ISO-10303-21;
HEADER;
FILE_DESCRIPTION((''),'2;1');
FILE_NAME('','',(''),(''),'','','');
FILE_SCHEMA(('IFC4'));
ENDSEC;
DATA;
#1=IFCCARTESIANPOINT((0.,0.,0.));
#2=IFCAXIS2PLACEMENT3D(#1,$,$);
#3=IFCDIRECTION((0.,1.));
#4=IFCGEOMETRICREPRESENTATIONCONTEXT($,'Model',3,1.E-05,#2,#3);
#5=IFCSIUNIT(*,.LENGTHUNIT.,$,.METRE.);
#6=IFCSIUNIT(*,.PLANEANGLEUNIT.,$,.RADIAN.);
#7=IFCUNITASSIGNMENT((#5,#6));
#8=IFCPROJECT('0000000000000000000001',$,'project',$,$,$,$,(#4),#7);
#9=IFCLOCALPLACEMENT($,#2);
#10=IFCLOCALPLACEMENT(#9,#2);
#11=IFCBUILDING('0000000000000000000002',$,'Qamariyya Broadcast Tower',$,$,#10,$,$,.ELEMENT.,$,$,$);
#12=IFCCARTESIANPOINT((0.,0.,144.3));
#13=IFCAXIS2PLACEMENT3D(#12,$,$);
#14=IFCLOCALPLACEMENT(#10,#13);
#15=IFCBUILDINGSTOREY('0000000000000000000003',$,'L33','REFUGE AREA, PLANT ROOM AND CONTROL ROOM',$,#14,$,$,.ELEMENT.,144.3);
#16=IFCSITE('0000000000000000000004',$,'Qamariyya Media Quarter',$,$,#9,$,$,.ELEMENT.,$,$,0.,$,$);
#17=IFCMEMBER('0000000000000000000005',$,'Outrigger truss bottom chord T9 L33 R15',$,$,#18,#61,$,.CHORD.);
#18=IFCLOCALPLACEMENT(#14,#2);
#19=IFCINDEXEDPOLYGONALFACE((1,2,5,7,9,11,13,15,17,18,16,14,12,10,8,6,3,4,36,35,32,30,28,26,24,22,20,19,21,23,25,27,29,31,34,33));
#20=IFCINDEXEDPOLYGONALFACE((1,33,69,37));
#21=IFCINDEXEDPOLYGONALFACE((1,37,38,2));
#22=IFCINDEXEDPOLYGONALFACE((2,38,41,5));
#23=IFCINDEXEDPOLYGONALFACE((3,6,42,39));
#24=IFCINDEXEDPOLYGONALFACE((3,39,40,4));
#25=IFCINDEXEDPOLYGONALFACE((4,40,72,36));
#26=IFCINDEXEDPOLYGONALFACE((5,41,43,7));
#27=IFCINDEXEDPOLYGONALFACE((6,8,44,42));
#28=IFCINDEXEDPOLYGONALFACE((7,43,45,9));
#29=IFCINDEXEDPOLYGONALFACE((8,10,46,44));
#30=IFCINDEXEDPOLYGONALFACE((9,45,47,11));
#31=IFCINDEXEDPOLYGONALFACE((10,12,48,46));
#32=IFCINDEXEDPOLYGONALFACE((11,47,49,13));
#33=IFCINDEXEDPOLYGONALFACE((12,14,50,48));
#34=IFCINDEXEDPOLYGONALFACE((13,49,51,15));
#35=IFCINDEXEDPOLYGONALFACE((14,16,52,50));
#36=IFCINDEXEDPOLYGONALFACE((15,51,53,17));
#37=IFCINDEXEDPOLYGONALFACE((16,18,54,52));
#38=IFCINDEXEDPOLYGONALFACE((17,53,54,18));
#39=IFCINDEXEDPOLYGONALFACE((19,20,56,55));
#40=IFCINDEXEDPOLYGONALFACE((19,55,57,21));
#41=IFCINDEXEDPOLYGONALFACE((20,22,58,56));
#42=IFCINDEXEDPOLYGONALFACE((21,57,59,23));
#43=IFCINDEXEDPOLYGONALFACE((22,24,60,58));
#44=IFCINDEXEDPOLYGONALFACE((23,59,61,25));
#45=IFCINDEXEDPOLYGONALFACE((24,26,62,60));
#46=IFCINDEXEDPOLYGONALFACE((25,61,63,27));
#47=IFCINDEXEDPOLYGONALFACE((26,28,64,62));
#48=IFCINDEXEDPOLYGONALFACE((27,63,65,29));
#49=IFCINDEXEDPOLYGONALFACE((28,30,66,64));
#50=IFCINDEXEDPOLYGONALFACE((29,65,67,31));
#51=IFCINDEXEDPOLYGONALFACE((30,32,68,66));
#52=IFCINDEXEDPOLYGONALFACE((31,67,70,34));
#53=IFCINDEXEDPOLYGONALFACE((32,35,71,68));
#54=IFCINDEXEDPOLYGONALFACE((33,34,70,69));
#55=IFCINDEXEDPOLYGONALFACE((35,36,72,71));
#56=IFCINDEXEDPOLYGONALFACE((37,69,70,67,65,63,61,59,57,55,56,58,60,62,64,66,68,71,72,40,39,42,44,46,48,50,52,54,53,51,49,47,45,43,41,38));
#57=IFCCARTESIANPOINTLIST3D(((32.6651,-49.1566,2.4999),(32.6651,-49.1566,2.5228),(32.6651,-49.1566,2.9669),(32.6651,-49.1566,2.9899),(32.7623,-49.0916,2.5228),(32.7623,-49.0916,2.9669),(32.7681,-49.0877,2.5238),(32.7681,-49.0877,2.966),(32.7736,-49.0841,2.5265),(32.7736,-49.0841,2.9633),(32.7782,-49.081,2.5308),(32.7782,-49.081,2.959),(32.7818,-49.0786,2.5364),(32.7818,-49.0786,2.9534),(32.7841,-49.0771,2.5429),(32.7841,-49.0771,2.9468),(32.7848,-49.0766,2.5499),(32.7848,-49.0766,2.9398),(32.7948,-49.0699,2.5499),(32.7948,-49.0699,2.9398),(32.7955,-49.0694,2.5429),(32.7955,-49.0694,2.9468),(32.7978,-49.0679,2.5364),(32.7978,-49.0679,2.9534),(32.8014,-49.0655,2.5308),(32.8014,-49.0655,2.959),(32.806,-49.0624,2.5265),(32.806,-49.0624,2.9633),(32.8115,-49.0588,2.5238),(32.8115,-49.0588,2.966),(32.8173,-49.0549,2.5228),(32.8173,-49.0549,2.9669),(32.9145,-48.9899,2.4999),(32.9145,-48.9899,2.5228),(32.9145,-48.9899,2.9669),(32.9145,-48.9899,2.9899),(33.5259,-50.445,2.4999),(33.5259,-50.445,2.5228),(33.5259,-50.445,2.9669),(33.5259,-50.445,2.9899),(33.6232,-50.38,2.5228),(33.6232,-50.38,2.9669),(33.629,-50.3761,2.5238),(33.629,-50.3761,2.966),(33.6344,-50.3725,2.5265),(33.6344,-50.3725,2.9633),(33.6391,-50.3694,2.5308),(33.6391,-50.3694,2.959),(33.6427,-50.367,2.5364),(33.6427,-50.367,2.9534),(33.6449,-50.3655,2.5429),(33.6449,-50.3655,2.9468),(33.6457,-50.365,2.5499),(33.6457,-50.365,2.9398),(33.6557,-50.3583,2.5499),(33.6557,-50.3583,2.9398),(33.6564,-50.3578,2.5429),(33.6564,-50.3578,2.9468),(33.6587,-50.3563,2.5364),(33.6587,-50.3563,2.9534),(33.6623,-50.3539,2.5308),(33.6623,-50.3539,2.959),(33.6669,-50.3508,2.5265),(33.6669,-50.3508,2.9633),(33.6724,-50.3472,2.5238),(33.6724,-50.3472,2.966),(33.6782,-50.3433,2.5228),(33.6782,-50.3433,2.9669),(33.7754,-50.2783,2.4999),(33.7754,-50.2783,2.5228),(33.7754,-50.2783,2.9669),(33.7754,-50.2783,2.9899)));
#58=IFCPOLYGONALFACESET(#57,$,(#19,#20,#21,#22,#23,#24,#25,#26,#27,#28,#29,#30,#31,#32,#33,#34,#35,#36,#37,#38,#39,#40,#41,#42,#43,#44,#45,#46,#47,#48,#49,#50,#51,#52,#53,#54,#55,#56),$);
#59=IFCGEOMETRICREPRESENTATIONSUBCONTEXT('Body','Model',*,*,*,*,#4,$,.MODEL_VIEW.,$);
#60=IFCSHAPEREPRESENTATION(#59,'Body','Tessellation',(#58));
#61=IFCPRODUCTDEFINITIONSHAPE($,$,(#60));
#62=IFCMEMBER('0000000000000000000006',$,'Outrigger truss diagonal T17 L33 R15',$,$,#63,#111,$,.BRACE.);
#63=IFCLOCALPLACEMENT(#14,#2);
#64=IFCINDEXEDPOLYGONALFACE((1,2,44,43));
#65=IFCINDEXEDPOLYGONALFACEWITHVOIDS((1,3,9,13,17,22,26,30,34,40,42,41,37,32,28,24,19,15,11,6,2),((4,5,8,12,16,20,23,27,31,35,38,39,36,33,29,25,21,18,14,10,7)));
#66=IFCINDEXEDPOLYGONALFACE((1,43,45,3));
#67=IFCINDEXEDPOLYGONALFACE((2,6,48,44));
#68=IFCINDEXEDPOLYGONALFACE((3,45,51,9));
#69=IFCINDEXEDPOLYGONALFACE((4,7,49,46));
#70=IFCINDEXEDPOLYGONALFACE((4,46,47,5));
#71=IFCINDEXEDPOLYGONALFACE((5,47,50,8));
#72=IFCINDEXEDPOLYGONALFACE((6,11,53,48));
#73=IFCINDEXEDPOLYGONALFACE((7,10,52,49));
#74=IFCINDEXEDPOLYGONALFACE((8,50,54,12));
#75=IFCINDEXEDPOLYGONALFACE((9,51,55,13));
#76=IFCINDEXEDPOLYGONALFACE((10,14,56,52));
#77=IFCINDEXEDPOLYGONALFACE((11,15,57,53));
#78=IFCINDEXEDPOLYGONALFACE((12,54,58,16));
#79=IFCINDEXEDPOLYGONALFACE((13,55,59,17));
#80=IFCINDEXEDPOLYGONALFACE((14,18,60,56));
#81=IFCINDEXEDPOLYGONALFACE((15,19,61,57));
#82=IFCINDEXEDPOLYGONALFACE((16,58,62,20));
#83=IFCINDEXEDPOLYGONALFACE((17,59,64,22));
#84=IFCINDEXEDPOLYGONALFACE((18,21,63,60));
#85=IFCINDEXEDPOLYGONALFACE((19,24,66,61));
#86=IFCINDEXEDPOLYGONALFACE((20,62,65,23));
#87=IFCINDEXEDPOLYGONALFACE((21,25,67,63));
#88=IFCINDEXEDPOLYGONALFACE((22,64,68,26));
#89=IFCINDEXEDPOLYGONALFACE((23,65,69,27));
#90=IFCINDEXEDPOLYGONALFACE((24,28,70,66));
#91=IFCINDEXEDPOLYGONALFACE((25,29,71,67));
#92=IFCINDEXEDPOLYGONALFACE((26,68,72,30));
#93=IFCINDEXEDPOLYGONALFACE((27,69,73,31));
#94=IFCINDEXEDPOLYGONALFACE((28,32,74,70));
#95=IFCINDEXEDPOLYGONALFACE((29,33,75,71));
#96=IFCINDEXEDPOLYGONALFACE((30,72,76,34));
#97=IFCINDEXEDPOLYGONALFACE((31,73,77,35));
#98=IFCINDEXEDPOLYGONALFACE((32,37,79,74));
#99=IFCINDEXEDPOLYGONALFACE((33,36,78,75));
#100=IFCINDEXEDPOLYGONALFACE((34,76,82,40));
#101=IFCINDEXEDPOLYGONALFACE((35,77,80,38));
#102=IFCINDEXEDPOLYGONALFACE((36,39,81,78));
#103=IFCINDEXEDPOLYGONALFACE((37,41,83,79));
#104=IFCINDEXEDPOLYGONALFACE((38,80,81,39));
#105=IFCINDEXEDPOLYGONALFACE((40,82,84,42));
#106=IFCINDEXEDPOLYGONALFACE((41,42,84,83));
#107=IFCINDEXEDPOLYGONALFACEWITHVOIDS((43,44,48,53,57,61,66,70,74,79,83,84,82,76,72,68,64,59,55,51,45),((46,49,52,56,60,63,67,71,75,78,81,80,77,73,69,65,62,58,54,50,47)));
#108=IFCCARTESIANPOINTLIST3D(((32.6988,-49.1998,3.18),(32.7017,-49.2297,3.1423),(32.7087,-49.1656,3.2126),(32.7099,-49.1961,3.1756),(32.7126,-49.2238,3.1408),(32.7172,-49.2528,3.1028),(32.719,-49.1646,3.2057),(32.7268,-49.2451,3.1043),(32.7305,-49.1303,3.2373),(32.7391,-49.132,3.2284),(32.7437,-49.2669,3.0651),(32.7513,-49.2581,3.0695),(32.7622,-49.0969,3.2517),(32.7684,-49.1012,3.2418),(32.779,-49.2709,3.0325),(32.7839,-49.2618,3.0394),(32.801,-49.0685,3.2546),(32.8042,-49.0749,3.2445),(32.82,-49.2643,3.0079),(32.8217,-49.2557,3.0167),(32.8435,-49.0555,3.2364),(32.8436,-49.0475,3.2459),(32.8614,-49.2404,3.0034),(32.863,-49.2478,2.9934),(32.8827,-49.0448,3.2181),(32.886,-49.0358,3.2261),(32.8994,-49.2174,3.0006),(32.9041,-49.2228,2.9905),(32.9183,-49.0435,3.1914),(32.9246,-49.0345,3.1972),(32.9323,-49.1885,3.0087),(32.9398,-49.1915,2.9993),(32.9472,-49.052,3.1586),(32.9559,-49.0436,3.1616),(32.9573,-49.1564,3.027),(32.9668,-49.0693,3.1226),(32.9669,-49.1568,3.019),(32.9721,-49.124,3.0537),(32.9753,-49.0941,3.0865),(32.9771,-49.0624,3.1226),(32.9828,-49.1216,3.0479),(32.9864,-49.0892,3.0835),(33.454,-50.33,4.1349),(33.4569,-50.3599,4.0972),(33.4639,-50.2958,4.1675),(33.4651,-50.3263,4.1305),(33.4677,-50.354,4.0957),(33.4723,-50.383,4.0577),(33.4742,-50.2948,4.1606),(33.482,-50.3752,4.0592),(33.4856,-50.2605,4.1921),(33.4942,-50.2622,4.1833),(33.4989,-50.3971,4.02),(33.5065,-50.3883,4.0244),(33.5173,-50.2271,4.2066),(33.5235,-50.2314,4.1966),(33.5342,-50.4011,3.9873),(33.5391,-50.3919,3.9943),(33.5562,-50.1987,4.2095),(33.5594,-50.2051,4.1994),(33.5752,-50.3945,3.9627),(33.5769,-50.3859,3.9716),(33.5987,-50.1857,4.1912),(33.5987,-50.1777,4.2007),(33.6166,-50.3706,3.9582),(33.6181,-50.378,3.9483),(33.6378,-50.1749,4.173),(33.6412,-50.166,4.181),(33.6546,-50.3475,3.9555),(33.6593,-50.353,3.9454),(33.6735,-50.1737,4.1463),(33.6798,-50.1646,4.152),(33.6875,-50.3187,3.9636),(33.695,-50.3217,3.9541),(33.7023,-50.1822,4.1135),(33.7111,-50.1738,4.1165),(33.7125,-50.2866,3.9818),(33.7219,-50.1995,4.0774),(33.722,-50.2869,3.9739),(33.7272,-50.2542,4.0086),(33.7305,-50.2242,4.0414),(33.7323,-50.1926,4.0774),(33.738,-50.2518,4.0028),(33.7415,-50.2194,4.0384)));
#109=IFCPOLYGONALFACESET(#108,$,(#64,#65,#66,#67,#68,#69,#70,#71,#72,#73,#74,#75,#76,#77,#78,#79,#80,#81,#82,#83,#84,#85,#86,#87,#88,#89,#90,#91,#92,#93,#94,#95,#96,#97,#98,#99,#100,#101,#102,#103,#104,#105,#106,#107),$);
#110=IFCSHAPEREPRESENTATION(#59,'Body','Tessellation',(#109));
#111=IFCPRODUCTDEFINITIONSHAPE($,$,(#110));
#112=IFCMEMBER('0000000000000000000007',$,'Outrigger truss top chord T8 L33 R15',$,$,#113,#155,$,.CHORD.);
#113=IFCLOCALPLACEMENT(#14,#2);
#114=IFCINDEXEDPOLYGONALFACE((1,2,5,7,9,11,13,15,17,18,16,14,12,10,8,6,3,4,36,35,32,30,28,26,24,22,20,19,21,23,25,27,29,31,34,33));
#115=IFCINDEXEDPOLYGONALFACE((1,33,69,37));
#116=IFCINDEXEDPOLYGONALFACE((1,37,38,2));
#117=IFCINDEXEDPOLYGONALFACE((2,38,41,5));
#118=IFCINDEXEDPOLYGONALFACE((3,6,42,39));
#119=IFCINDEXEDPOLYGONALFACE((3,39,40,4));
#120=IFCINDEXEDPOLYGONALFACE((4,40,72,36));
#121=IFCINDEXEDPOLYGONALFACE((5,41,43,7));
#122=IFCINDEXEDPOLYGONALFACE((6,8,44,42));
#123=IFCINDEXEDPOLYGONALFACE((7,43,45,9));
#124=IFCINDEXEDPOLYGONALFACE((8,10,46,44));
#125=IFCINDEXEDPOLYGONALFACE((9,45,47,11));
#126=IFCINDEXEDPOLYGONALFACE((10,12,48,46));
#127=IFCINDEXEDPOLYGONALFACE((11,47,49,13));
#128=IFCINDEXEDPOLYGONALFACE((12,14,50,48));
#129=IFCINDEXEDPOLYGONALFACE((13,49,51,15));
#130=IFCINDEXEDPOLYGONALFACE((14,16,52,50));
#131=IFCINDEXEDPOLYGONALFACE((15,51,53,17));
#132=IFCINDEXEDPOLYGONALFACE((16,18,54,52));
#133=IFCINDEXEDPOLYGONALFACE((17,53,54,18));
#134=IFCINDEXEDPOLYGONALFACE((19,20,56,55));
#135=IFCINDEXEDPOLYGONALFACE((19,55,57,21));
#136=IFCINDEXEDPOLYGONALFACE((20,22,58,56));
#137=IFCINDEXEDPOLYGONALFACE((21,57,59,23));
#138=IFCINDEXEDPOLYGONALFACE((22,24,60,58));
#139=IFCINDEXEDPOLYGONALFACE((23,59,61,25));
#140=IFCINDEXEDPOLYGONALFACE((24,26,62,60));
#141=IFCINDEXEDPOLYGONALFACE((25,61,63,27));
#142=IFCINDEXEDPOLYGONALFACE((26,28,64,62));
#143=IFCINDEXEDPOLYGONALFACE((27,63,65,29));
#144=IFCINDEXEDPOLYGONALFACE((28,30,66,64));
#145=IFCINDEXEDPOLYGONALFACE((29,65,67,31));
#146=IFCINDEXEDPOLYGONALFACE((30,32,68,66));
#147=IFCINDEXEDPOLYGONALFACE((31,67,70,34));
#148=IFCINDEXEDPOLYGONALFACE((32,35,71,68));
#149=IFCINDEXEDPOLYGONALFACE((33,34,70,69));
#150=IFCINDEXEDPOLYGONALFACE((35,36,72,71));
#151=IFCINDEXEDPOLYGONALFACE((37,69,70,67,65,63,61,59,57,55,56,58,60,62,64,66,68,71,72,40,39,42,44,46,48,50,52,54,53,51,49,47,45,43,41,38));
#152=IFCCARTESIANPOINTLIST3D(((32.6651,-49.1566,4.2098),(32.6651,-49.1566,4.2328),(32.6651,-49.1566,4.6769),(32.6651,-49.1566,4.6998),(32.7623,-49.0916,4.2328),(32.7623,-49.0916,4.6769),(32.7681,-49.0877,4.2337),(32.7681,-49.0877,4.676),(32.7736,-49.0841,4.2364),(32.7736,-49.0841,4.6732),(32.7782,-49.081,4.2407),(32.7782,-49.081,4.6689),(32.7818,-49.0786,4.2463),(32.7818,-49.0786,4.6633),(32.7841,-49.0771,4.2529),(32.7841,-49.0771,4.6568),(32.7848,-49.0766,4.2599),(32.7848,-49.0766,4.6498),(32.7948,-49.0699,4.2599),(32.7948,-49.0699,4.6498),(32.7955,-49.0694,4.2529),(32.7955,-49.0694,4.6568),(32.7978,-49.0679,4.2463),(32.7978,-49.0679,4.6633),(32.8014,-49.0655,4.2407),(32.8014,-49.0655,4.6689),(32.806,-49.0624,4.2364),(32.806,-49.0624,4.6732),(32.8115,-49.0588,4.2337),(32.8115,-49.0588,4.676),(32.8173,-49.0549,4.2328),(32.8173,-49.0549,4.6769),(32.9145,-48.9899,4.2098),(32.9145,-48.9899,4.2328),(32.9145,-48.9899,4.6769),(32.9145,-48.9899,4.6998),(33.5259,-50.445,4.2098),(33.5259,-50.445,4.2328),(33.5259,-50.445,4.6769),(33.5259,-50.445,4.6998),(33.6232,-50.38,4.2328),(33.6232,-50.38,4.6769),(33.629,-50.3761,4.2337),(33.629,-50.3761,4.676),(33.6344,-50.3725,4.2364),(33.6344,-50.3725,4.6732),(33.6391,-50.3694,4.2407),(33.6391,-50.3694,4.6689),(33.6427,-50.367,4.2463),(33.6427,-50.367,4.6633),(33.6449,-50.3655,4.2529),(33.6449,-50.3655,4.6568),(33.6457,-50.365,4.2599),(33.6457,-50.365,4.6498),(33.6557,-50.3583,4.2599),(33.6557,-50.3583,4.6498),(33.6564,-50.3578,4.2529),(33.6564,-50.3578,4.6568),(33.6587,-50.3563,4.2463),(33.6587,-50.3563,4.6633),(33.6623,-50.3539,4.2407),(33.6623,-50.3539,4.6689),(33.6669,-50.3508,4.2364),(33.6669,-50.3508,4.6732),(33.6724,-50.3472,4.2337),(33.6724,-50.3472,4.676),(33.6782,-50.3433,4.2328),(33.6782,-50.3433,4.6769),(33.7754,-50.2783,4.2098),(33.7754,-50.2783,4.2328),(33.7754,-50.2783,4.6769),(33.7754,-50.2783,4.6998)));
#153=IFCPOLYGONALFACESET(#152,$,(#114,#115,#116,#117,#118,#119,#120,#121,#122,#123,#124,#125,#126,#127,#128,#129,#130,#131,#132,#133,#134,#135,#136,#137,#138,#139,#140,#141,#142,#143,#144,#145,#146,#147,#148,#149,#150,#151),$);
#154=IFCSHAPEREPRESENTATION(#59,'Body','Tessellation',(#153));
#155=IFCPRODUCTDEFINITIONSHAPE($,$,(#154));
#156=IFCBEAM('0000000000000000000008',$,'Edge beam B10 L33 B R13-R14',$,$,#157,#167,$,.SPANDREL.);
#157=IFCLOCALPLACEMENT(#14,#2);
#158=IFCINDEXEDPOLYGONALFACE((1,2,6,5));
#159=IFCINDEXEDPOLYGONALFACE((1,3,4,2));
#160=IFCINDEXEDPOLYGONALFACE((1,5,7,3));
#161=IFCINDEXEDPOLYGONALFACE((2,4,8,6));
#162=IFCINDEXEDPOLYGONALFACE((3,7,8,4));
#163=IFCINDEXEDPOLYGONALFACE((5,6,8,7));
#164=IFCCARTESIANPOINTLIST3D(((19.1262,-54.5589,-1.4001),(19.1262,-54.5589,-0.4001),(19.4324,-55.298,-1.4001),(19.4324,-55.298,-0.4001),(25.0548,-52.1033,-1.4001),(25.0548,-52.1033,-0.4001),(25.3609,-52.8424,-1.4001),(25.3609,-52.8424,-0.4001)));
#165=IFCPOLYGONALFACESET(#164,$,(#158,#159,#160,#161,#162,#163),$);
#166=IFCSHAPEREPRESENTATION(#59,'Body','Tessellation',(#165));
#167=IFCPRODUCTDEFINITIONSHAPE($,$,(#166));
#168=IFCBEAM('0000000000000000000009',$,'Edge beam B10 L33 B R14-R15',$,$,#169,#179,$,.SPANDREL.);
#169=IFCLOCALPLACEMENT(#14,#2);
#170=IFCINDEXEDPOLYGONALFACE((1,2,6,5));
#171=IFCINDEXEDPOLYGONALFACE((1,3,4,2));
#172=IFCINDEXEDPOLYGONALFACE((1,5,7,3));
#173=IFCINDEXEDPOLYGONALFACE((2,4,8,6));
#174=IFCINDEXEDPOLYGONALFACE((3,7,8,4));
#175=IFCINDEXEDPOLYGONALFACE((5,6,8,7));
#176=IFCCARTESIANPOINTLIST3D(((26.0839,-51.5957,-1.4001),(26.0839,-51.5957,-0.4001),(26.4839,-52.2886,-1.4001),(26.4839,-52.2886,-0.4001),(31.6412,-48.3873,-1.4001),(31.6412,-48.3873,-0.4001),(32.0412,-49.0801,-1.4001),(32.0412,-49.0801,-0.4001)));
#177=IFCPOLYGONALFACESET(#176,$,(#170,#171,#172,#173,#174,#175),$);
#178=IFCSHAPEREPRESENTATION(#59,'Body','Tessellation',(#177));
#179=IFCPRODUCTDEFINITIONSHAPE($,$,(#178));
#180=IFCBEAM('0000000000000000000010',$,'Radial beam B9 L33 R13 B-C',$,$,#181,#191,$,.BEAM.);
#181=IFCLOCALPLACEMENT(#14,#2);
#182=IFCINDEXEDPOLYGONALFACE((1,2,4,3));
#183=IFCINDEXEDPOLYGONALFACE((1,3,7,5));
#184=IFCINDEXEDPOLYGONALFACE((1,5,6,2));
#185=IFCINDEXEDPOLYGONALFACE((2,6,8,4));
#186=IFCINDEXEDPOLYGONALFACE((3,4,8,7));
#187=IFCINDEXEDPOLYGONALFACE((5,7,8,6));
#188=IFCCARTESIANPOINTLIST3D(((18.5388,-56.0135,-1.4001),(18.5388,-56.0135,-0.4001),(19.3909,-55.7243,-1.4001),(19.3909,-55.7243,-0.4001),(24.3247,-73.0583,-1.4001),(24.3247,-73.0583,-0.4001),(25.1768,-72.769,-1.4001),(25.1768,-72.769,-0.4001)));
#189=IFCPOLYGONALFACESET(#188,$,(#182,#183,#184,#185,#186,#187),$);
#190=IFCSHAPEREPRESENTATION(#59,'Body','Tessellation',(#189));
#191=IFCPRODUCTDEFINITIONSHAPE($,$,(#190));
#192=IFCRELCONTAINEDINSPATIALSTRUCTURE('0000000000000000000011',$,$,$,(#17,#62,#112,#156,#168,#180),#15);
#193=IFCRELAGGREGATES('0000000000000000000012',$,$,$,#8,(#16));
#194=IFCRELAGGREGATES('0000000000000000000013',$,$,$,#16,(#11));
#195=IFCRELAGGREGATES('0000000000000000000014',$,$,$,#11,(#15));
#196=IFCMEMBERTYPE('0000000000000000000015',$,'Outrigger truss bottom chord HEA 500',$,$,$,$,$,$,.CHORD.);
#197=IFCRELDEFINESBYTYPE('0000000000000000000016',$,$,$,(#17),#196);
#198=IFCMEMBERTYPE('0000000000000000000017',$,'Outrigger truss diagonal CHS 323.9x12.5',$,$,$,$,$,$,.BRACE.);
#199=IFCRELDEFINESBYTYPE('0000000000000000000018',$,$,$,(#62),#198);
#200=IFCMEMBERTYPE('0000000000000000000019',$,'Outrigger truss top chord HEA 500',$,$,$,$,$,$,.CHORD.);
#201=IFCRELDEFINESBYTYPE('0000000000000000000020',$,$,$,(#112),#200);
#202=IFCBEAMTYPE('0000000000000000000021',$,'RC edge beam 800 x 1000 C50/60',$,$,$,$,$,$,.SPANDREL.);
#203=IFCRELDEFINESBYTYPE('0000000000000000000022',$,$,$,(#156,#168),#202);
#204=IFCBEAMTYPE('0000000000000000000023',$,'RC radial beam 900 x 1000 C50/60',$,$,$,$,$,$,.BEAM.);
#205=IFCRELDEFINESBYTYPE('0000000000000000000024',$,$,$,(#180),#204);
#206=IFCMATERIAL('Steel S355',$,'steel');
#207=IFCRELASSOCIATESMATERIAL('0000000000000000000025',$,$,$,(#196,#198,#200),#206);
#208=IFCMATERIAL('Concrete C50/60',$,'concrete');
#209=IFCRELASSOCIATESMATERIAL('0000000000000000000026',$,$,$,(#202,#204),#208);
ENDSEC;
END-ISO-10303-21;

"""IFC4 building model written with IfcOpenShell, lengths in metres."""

from ifc_helpers import new_model, si_unit, direction, frame, origin, origin_2d, place, context, subcontext, project, spatial, rectangle, hollow_circle, i_section, extrude, material, material_profile, profile_set, type_object, element, save


model = new_model("IFC4")

# Units and contexts
model_context = context("Model", 3, precision=1e-05, world=origin(), true_north=direction((0.0, 1.0)))
body_context = subcontext(model_context, "Body", "Model", "MODEL_VIEW")
ifc_project = project(units=[si_unit("LENGTHUNIT", "METRE"), si_unit("PLANEANGLEUNIT", "RADIAN")], contexts=[model_context])

# Site, building, storey
site_placement = place(None, origin())
site = spatial("IfcSite", under=ifc_project, at=site_placement, Name="Qamariyya Media Quarter", CompositionType="ELEMENT", RefElevation=0.0)
building_placement = place(site_placement, origin())
building = spatial("IfcBuilding", under=site, at=building_placement, Name="Qamariyya Broadcast Tower", CompositionType="ELEMENT")
storey_placement = place(building_placement, frame((0.0, 0.0, 144.3)))
storey = spatial("IfcBuildingStorey", under=building, at=storey_placement, Name="L33", Description="REFUGE AREA, PLANT ROOM AND CONTROL ROOM", CompositionType="ELEMENT", Elevation=144.3)

# Members
ifc_material_1 = material(Name="Steel S355", Category="steel")
ifc_material_profile_1 = material_profile(ifc_material_1, i_section(OverallWidth=0.3, OverallDepth=0.49, WebThickness=0.012, FlangeThickness=0.0229, FilletRadius=0.0271, at=origin_2d()))
ifc_profile_set_1 = profile_set([ifc_material_profile_1], Name="Steel S355")
member_type_1 = type_object("IfcMemberType", Name="Outrigger truss bottom chord HEA 500", PredefinedType="CHORD", material=ifc_profile_set_1)
member_1_placement = place(storey_placement, frame((32.7898, -49.0732, 2.7449), z_axis=(0.555573, -0.831468, 0.0), x_axis=(0.831468, 0.555573, 0.0)))
element("IfcMember", 1, at=member_1_placement, inside=storey, type_object=member_type_1, Name="Outrigger truss bottom chord T9 L33 R15", PredefinedType="CHORD", context=body_context, shape_type="SweptSolid", body=[
    extrude(i_section(OverallWidth=0.3, OverallDepth=0.49, WebThickness=0.012, FlangeThickness=0.0229, FilletRadius=0.0271, at=origin_2d()), origin(), (0.0, 0.0, 1.0), 1.5496),
])
ifc_material_profile_2 = material_profile(ifc_material_1, hollow_circle(Radius=0.1619, WallThickness=0.0125, at=origin_2d()))
ifc_profile_set_2 = profile_set([ifc_material_profile_2], Name="Steel S355")
member_type_2 = type_object("IfcMemberType", Name="Outrigger truss diagonal CHS 323.9x12.5", PredefinedType="BRACE", material=ifc_profile_set_2)
member_2_placement = place(storey_placement, frame((32.8425, -49.1523, 3.1226), z_axis=(0.454606, -0.680366, 0.574835), x_axis=(0.83147, 0.55557, 0.0)))
element("IfcMember", 2, at=member_2_placement, inside=storey, type_object=member_type_2, Name="Outrigger truss diagonal T17 L33 R15", PredefinedType="BRACE", context=body_context, shape_type="SweptSolid", body=[
    extrude(hollow_circle(Radius=0.1619, WallThickness=0.0125, at=origin_2d()), origin(), (0.0, 0.0, 1.0), 1.6611),
])
ifc_material_profile_3 = material_profile(ifc_material_1, i_section(OverallWidth=0.3, OverallDepth=0.49, WebThickness=0.012, FlangeThickness=0.0229, FilletRadius=0.0271, at=origin_2d()))
ifc_profile_set_3 = profile_set([ifc_material_profile_3], Name="Steel S355")
member_type_3 = type_object("IfcMemberType", Name="Outrigger truss top chord HEA 500", PredefinedType="CHORD", material=ifc_profile_set_3)
member_3_placement = place(storey_placement, frame((32.7898, -49.0732, 4.4548), z_axis=(0.555573, -0.831468, 0.0), x_axis=(0.831468, 0.555573, 0.0)))
element("IfcMember", 3, at=member_3_placement, inside=storey, type_object=member_type_3, Name="Outrigger truss top chord T8 L33 R15", PredefinedType="CHORD", context=body_context, shape_type="SweptSolid", body=[
    extrude(i_section(OverallWidth=0.3, OverallDepth=0.49, WebThickness=0.012, FlangeThickness=0.0229, FilletRadius=0.0271, at=origin_2d()), origin(), (0.0, 0.0, 1.0), 1.5496),
])

# Beams
ifc_material_2 = material(Name="Concrete C50/60", Category="concrete")
ifc_material_profile_4 = material_profile(ifc_material_2, rectangle(XDim=0.8, YDim=1.0, at=origin_2d()))
ifc_profile_set_4 = profile_set([ifc_material_profile_4], Name="Concrete C50/60")
beam_type_1 = type_object("IfcBeamType", Name="RC edge beam 800 x 1000 C50/60", PredefinedType="SPANDREL", material=ifc_profile_set_4)
for number, where, z_axis, x_axis, name in (
    (4, (19.2793, -54.9285, -0.9001), (0.923884, 0.382672, 0.0), (-0.382672, 0.923884, 0.0), "Edge beam B10 L33 B R13-R14"),
    (5, (26.2839, -51.9421, -0.9001), (0.866029, 0.499994, 0.0), (-0.499994, 0.866029, 0.0), "Edge beam B10 L33 B R14-R15"),
):
    element("IfcBeam", number, at=place(storey_placement, frame(where, z_axis=z_axis, x_axis=x_axis)), inside=storey, type_object=beam_type_1, Name=name, PredefinedType="SPANDREL", context=body_context, shape_type="SweptSolid", body=[
        extrude(rectangle(XDim=0.8, YDim=1.0, at=origin_2d()), origin(), (0.0, 0.0, 1.0), 6.417),
    ])
ifc_material_profile_5 = material_profile(ifc_material_2, rectangle(XDim=0.8999, YDim=1.0, at=origin_2d()))
ifc_profile_set_5 = profile_set([ifc_material_profile_5], Name="Concrete C50/60")
beam_type_2 = type_object("IfcBeamType", Name="RC radial beam 900 x 1000 C50/60", PredefinedType="BEAM", material=ifc_profile_set_5)
beam_1_placement = place(storey_placement, frame((18.9648, -55.8689, -0.9001), z_axis=(0.321439, -0.94693, 0.0), x_axis=(0.94693, 0.321439, 0.0)))
element("IfcBeam", 6, at=beam_1_placement, inside=storey, type_object=beam_type_2, Name="Radial beam B9 L33 R13 B-C", PredefinedType="BEAM", context=body_context, shape_type="SweptSolid", body=[
    extrude(rectangle(XDim=0.8999, YDim=1.0, at=origin_2d()), origin(), (0.0, 0.0, 1.0), 18.0),
])

save(model, "model.ifc")
